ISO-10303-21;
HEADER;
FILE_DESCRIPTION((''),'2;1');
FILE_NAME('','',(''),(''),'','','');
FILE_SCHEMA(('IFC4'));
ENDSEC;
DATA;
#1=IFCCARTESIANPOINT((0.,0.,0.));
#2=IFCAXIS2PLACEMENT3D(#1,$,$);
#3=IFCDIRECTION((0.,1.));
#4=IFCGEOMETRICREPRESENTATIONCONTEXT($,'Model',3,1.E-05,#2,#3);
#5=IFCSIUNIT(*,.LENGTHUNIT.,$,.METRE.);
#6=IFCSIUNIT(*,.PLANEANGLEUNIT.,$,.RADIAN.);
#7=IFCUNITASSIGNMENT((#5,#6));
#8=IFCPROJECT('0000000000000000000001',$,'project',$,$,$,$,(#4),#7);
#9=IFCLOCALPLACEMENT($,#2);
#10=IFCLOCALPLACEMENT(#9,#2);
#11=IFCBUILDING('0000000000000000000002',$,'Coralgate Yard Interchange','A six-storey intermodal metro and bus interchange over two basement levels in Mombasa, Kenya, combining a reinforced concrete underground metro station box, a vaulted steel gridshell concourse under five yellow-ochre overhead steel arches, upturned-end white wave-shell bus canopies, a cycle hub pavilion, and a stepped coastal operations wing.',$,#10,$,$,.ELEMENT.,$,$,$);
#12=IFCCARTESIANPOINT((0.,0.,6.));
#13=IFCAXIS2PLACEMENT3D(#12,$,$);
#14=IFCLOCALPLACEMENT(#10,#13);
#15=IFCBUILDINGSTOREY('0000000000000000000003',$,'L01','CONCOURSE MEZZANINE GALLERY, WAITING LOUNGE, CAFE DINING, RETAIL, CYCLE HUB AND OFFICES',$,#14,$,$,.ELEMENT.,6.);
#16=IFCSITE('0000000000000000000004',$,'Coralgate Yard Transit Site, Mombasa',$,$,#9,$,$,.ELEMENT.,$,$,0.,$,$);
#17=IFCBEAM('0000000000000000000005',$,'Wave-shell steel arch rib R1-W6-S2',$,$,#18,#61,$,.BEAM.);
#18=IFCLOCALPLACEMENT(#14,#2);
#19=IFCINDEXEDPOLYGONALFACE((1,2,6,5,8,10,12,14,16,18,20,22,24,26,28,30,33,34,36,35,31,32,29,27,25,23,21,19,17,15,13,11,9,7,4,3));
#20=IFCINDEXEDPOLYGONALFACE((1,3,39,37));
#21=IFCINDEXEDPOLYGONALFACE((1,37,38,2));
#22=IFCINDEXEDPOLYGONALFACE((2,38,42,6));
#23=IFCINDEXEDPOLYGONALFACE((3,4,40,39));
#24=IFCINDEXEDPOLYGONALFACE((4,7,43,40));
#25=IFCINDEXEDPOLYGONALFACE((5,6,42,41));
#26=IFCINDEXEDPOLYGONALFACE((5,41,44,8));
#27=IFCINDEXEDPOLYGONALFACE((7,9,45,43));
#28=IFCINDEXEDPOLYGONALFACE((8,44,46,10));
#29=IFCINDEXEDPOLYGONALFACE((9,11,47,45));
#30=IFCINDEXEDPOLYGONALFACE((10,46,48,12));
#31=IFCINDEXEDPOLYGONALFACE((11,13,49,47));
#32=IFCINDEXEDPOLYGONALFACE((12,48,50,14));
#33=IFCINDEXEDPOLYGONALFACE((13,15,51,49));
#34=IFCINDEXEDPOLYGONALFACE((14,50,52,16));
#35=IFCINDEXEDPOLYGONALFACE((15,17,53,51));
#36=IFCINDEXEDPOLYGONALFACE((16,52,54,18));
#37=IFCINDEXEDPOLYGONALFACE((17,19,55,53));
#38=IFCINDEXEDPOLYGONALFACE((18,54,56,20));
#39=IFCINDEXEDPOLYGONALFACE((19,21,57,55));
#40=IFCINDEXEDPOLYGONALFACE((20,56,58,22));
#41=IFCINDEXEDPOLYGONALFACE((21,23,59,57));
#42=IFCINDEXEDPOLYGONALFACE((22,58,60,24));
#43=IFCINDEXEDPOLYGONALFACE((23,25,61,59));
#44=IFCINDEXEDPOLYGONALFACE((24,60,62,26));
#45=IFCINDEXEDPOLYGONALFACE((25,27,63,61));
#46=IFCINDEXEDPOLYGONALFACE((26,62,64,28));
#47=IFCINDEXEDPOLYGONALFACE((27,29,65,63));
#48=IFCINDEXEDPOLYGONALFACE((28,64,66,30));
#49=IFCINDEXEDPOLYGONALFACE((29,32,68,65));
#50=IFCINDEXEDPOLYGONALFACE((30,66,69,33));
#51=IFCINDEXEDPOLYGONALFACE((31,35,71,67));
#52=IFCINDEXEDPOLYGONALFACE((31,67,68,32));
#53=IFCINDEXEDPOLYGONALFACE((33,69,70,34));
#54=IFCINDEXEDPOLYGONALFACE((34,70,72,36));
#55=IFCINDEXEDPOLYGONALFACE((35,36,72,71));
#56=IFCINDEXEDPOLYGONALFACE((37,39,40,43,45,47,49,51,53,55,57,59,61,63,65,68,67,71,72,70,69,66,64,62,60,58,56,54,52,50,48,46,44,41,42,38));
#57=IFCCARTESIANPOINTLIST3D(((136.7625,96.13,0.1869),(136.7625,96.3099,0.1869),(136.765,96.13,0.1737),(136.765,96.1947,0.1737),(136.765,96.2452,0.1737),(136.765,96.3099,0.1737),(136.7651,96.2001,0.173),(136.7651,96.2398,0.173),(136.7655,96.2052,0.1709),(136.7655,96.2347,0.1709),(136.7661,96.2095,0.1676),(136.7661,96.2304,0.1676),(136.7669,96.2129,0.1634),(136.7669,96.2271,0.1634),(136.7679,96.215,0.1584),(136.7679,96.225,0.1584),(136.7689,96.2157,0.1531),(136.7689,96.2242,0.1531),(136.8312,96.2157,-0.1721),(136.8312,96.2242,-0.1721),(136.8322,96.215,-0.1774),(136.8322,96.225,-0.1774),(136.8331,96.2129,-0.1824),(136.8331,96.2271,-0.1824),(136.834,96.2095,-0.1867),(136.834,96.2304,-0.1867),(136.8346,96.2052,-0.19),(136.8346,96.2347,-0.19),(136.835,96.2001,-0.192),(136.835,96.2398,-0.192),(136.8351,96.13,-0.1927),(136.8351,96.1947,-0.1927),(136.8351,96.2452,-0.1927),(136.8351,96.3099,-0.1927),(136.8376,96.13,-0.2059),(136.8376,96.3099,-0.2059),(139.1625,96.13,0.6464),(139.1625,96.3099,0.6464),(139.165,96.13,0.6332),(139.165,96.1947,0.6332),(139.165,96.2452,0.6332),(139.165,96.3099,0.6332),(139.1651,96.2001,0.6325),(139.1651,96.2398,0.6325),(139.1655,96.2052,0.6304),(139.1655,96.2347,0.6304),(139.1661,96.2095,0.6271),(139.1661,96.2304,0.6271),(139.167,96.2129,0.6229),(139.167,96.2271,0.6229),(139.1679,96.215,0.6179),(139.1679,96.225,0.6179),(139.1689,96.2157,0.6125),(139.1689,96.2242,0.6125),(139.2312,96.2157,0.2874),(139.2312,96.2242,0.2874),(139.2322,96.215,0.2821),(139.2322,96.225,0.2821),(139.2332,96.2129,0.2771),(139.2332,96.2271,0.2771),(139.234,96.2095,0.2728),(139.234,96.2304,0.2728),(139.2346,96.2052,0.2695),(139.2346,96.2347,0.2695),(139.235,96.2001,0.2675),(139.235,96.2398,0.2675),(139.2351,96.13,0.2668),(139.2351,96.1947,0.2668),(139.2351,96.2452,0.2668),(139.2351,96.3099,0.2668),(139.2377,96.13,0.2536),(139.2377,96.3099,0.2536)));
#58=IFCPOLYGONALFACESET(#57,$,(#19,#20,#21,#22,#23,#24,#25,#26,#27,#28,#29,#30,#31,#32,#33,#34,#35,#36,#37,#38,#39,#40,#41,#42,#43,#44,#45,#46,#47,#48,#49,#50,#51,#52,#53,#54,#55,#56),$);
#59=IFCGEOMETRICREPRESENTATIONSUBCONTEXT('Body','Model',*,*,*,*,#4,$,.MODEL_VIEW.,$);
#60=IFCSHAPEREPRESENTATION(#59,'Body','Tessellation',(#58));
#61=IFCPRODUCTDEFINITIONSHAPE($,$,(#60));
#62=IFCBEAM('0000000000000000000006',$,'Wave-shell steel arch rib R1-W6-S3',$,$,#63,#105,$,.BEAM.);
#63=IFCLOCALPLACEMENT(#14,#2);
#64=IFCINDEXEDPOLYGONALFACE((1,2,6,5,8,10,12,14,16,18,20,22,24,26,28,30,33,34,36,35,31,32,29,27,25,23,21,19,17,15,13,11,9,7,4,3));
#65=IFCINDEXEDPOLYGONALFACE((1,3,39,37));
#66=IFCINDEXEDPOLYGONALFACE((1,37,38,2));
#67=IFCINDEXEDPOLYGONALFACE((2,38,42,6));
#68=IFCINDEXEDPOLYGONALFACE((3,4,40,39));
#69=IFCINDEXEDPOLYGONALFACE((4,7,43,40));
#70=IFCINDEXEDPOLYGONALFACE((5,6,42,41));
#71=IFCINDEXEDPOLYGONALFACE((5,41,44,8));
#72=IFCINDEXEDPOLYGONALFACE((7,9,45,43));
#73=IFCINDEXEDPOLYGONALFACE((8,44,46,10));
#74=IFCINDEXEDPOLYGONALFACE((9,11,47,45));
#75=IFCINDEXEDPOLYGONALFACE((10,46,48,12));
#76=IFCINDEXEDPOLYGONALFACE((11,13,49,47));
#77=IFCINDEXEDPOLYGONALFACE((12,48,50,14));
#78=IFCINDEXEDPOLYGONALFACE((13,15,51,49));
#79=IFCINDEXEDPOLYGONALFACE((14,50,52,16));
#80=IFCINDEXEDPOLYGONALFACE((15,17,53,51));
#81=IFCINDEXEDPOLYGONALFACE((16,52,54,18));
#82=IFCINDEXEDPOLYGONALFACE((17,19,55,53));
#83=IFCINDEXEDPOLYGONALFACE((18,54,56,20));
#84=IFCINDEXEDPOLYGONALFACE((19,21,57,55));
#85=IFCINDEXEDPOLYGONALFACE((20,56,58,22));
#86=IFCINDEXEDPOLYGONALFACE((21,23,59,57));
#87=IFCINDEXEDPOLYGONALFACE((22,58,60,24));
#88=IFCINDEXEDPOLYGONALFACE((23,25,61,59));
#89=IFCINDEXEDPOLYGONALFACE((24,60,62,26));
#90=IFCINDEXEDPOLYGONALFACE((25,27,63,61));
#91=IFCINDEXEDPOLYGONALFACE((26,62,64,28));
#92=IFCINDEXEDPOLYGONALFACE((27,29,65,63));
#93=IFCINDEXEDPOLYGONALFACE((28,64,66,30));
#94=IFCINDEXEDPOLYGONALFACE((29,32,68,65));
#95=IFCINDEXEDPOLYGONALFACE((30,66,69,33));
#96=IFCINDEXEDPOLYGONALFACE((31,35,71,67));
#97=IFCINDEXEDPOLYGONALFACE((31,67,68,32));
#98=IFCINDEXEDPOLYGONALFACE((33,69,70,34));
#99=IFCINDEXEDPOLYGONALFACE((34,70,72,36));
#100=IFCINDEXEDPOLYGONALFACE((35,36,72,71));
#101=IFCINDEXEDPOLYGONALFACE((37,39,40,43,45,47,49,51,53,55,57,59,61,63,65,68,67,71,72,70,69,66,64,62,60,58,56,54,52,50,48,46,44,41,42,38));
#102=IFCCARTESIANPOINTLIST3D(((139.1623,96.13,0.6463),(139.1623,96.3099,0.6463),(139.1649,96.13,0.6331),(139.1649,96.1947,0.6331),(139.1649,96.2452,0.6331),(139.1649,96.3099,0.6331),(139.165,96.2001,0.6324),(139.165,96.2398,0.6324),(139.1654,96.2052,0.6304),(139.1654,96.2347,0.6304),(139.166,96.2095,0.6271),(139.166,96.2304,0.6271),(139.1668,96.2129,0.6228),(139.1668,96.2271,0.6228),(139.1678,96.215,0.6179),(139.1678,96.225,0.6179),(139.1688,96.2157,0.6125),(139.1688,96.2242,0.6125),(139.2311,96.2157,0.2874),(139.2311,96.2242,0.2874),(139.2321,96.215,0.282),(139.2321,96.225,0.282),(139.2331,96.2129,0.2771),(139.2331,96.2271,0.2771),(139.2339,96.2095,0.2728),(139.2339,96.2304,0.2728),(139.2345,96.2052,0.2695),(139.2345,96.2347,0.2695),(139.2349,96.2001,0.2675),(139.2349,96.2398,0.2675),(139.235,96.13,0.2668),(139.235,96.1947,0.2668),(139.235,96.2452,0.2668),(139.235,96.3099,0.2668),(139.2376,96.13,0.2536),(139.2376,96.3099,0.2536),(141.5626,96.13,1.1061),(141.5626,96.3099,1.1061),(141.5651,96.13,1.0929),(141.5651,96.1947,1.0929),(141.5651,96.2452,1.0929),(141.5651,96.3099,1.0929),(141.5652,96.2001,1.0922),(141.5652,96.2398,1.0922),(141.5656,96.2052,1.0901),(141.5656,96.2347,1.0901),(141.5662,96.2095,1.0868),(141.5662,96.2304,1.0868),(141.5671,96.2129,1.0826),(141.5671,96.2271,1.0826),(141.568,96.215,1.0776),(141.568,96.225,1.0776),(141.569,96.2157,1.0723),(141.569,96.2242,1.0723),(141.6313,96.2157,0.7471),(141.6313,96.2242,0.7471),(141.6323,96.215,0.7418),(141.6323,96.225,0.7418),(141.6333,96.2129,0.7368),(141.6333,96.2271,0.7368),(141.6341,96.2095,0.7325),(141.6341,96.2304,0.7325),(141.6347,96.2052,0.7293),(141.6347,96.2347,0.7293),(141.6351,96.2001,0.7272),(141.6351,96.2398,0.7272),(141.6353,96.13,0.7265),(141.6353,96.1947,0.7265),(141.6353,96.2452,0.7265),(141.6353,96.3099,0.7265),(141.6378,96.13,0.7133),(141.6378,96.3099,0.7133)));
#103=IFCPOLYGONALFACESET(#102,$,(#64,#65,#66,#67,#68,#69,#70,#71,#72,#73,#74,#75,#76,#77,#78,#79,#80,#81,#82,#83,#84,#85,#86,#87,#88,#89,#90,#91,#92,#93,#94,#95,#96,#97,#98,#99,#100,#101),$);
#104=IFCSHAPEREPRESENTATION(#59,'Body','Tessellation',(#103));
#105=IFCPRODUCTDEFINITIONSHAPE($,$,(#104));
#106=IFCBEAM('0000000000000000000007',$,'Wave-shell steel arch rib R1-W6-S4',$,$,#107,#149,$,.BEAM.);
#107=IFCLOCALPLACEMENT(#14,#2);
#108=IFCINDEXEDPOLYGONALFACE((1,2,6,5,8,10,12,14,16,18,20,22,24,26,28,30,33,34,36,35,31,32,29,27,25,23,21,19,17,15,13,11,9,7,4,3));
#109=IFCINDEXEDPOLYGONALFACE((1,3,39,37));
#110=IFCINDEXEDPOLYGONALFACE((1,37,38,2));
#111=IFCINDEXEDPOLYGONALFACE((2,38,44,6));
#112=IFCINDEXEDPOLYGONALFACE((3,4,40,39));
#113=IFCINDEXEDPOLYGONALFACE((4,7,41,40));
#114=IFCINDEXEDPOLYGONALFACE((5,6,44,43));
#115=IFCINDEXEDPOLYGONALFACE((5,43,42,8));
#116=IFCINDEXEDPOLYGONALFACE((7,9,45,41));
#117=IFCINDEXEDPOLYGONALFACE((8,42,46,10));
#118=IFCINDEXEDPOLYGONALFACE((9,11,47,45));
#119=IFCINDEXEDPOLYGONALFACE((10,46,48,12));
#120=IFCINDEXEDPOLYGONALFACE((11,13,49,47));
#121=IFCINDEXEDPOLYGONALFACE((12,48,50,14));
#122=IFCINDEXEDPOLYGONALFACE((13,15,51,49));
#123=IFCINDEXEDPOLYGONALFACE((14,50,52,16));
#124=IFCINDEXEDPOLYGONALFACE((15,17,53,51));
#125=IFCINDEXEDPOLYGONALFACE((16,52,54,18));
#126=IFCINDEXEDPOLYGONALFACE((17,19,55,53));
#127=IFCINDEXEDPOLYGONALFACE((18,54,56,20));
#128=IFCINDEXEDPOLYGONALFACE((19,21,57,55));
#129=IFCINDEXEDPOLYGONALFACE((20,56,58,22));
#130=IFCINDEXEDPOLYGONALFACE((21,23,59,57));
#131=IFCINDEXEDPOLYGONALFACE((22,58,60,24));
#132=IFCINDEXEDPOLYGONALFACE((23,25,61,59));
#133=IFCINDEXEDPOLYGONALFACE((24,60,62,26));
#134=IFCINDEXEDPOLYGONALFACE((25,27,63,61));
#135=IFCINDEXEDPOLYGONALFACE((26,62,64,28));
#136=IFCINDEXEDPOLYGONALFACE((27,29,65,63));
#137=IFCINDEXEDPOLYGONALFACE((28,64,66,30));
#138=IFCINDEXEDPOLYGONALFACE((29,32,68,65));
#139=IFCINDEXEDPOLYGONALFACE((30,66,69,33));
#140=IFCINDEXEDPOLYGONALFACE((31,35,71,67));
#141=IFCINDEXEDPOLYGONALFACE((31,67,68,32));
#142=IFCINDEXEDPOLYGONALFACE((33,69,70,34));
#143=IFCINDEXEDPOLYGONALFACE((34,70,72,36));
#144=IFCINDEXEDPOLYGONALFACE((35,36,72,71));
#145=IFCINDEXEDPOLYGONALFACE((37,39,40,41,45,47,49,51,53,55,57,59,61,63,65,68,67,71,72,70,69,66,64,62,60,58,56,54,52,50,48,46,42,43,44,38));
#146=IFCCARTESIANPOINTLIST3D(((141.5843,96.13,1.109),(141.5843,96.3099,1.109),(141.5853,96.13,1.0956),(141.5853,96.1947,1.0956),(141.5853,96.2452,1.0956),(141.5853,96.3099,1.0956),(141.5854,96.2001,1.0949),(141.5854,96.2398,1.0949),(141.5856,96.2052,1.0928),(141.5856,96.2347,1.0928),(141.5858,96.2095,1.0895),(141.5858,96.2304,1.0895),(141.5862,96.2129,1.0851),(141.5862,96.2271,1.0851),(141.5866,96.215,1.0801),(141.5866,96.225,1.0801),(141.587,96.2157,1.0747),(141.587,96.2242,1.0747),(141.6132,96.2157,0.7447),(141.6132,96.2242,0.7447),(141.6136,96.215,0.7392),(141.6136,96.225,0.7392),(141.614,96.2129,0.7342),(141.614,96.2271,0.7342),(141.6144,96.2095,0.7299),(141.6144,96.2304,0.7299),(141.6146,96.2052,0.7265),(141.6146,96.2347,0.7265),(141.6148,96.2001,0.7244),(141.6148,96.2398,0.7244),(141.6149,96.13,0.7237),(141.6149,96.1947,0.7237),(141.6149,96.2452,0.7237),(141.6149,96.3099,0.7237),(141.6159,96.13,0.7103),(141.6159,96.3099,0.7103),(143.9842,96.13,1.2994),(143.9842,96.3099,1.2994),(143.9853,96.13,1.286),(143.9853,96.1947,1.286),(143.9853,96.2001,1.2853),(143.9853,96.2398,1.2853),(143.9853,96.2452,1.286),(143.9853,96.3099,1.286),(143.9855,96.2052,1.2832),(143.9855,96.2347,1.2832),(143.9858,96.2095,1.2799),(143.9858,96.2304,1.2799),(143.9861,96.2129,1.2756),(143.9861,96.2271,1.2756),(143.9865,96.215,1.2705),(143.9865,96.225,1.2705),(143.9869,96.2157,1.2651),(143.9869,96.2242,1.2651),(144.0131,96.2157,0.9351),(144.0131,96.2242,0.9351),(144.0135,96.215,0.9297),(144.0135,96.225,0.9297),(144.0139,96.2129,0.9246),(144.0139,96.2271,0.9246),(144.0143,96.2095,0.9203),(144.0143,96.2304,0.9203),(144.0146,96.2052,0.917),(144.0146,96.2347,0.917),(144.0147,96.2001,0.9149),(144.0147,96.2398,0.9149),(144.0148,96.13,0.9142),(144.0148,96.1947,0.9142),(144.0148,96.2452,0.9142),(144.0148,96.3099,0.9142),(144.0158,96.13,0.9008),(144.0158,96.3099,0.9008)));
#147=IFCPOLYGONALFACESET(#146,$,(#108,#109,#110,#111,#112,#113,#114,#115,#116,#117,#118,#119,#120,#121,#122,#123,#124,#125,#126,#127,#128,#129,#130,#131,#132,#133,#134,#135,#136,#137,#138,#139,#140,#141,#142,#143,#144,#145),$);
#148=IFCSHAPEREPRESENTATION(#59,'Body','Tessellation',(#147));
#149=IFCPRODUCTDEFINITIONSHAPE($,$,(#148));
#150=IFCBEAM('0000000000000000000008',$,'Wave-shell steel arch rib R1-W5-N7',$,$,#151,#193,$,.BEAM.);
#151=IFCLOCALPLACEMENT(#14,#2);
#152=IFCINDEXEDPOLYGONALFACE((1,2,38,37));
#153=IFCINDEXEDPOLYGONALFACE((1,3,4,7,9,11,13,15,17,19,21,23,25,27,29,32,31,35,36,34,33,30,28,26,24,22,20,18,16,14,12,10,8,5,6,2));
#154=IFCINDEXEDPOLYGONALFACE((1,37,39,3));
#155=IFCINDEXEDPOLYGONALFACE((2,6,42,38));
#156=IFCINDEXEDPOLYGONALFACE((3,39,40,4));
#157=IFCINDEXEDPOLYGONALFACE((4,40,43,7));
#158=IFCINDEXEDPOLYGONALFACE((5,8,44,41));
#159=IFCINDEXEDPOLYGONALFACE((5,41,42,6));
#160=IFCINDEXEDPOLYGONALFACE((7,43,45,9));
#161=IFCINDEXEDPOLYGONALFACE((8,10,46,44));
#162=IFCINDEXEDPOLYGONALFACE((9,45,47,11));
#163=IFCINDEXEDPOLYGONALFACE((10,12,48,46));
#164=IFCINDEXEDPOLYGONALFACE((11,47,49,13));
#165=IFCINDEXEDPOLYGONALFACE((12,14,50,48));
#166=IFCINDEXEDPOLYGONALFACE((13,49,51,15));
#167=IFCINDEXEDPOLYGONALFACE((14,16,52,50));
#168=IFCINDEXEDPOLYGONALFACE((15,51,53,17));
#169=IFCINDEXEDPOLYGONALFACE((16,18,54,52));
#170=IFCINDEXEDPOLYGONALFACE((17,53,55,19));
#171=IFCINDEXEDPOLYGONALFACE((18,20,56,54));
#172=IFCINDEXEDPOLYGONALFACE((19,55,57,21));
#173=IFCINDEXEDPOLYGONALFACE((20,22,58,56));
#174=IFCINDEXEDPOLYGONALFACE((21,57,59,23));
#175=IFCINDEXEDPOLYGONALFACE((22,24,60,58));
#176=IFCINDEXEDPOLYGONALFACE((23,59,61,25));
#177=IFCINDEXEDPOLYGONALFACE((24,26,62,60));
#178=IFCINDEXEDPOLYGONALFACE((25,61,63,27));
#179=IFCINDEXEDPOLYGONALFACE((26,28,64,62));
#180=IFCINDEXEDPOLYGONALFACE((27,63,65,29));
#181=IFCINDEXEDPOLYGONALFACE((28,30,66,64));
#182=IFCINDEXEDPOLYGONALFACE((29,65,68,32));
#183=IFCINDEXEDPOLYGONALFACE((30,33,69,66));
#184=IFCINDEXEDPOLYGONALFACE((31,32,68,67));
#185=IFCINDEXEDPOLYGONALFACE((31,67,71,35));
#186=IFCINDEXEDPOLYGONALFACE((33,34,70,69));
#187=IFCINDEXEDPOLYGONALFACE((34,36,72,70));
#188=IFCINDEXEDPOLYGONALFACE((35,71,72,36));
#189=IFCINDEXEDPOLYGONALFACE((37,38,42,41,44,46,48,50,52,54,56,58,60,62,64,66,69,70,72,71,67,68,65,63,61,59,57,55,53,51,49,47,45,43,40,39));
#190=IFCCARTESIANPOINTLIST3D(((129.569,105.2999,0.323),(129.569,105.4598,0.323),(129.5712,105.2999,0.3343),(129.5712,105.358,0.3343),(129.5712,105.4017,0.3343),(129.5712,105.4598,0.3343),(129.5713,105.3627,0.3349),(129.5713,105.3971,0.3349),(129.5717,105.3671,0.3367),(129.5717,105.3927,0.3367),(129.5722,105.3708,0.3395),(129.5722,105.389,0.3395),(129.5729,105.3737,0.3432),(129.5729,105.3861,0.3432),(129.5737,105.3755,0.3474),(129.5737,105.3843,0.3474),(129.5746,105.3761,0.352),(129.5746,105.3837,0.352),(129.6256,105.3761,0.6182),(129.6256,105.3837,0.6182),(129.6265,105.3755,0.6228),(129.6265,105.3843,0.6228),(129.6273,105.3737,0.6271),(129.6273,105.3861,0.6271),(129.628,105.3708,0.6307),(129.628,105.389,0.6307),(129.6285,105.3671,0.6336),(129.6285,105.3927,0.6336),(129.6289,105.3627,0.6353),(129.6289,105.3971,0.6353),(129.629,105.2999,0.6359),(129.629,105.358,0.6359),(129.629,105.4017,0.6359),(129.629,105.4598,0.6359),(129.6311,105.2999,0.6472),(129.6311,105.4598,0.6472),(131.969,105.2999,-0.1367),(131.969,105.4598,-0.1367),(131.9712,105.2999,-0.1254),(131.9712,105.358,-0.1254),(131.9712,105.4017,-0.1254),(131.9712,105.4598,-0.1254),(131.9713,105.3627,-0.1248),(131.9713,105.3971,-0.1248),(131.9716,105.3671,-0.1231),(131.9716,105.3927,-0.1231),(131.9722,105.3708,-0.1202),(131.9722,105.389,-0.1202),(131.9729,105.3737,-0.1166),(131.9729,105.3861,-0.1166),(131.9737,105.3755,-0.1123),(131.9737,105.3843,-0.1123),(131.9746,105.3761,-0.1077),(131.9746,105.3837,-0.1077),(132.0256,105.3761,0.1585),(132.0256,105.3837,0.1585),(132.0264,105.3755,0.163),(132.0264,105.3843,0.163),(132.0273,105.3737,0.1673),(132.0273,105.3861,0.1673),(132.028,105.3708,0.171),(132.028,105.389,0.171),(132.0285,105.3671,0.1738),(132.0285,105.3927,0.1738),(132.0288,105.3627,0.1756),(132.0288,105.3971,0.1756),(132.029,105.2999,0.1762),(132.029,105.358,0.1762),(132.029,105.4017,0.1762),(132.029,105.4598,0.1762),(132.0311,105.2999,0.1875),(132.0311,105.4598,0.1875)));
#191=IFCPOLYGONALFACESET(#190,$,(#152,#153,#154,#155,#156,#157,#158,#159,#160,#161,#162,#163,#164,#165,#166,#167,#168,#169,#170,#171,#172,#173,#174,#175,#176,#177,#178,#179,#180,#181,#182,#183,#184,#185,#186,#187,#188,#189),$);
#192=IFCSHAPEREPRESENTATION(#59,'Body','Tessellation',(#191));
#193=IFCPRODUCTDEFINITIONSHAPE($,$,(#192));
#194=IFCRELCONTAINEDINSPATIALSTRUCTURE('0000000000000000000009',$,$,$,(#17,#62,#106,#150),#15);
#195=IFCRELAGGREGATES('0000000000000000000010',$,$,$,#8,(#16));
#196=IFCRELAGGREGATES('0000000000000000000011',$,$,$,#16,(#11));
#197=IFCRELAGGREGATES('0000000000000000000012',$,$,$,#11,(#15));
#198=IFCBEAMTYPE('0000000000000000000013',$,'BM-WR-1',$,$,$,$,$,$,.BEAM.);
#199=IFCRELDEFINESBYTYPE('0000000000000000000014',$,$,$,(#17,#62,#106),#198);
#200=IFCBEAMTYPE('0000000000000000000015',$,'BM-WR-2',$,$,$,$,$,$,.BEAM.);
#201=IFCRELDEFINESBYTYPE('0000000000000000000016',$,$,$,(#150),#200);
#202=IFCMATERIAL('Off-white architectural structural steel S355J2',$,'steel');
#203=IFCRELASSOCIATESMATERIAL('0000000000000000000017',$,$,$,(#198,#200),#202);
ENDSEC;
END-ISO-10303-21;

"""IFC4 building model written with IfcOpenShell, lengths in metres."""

from ifc_helpers import new_model, si_unit, direction, frame, origin, origin_2d, place, context, subcontext, project, spatial, i_section, extrude, material, material_profile, profile_set, type_object, element, save


model = new_model("IFC4")

# Units and contexts
model_context = context("Model", 3, precision=1e-05, world=origin(), true_north=direction((0.0, 1.0)))
body_context = subcontext(model_context, "Body", "Model", "MODEL_VIEW")
ifc_project = project(units=[si_unit("LENGTHUNIT", "METRE"), si_unit("PLANEANGLEUNIT", "RADIAN")], contexts=[model_context])

# Site, building, storey
site_placement = place(None, origin())
site = spatial("IfcSite", under=ifc_project, at=site_placement, Name="Coralgate Yard Transit Site, Mombasa", CompositionType="ELEMENT", RefElevation=0.0)
building_placement = place(site_placement, origin())
building = spatial("IfcBuilding", under=site, at=building_placement, Name="Coralgate Yard Interchange", Description="A six-storey intermodal metro and bus interchange over two basement levels in Mombasa, Kenya, combining a reinforced concrete underground metro station box, a vaulted steel gridshell concourse under five yellow-ochre overhead steel arches, upturned-end white wave-shell bus canopies, a cycle hub pavilion, and a stepped coastal operations wing.", CompositionType="ELEMENT")
storey_placement = place(building_placement, frame((0.0, 0.0, 6.0)))
storey = spatial("IfcBuildingStorey", under=building, at=storey_placement, Name="L01", Description="CONCOURSE MEZZANINE GALLERY, WAITING LOUNGE, CAFE DINING, RETAIL, CYCLE HUB AND OFFICES", CompositionType="ELEMENT", Elevation=6.0)

# Beams
ifc_material_1 = material(Name="Off-white architectural structural steel S355J2", Category="steel")
ifc_material_profile_1 = material_profile(ifc_material_1, i_section(OverallWidth=0.1799, OverallDepth=0.3999, WebThickness=0.0085, FlangeThickness=0.0134, FilletRadius=0.021, at=origin_2d()), Name="IPE 400")
ifc_profile_set_1 = profile_set([ifc_material_profile_1], Name="Off-white architectural structural steel S355J2")
beam_type_1 = type_object("IfcBeamType", Name="BM-WR-1", PredefinedType="BEAM", material=ifc_profile_set_1)
beam_1_placement = place(storey_placement, frame((136.8, 96.22, -0.0095), z_axis=(0.982161, 0.0, 0.188039), x_axis=(0.0, 1.0, 0.0)))
element("IfcBeam", 1, at=beam_1_placement, inside=storey, type_object=beam_type_1, Name="Wave-shell steel arch rib R1-W6-S2", PredefinedType="BEAM", context=body_context, shape_type="SweptSolid", body=[
    extrude(i_section(OverallWidth=0.1799, OverallDepth=0.3999, WebThickness=0.0085, FlangeThickness=0.0134, FilletRadius=0.021, at=origin_2d()), origin(), (0.0, 0.0, 1.0), 2.4436),
])
beam_2_placement = place(storey_placement, frame((139.2, 96.22, 0.45), z_axis=(0.982147, 0.0, 0.188117), x_axis=(0.0, 1.0, 0.0)))
element("IfcBeam", 2, at=beam_2_placement, inside=storey, type_object=beam_type_1, Name="Wave-shell steel arch rib R1-W6-S3", PredefinedType="BEAM", context=body_context, shape_type="SweptSolid", body=[
    extrude(i_section(OverallWidth=0.1799, OverallDepth=0.3999, WebThickness=0.0085, FlangeThickness=0.0134, FilletRadius=0.021, at=origin_2d()), origin(), (0.0, 0.0, 1.0), 2.4438),
])
beam_3_placement = place(storey_placement, frame((141.6001, 96.22, 0.9097), z_axis=(0.996867, 0.0, 0.0791), x_axis=(0.0, 1.0, 0.0)))
element("IfcBeam", 3, at=beam_3_placement, inside=storey, type_object=beam_type_1, Name="Wave-shell steel arch rib R1-W6-S4", PredefinedType="BEAM", context=body_context, shape_type="SweptSolid", body=[
    extrude(i_section(OverallWidth=0.1799, OverallDepth=0.3999, WebThickness=0.0085, FlangeThickness=0.0134, FilletRadius=0.021, at=origin_2d()), origin(), (0.0, 0.0, 1.0), 2.4075),
])
ifc_material_profile_2 = material_profile(ifc_material_1, i_section(OverallWidth=0.1599, OverallDepth=0.3301, WebThickness=0.0076, FlangeThickness=0.0115, FilletRadius=0.0181, at=origin_2d()), Name="IPE 330")
ifc_profile_set_2 = profile_set([ifc_material_profile_2], Name="Off-white architectural structural steel S355J2")
beam_type_2 = type_object("IfcBeamType", Name="BM-WR-2", PredefinedType="BEAM", material=ifc_profile_set_2)
beam_4_placement = place(storey_placement, frame((129.6001, 105.3799, 0.4851), z_axis=(0.982143, 0.0, -0.188136), x_axis=(0.0, 1.0, 0.0)))
element("IfcBeam", 4, at=beam_4_placement, inside=storey, type_object=beam_type_2, Name="Wave-shell steel arch rib R1-W5-N7", PredefinedType="BEAM", context=body_context, shape_type="SweptSolid", body=[
    extrude(i_section(OverallWidth=0.1599, OverallDepth=0.3301, WebThickness=0.0076, FlangeThickness=0.0115, FilletRadius=0.0181, at=origin_2d()), origin(), (0.0, 0.0, 1.0), 2.4436),
])

save(model, "model.ifc")
